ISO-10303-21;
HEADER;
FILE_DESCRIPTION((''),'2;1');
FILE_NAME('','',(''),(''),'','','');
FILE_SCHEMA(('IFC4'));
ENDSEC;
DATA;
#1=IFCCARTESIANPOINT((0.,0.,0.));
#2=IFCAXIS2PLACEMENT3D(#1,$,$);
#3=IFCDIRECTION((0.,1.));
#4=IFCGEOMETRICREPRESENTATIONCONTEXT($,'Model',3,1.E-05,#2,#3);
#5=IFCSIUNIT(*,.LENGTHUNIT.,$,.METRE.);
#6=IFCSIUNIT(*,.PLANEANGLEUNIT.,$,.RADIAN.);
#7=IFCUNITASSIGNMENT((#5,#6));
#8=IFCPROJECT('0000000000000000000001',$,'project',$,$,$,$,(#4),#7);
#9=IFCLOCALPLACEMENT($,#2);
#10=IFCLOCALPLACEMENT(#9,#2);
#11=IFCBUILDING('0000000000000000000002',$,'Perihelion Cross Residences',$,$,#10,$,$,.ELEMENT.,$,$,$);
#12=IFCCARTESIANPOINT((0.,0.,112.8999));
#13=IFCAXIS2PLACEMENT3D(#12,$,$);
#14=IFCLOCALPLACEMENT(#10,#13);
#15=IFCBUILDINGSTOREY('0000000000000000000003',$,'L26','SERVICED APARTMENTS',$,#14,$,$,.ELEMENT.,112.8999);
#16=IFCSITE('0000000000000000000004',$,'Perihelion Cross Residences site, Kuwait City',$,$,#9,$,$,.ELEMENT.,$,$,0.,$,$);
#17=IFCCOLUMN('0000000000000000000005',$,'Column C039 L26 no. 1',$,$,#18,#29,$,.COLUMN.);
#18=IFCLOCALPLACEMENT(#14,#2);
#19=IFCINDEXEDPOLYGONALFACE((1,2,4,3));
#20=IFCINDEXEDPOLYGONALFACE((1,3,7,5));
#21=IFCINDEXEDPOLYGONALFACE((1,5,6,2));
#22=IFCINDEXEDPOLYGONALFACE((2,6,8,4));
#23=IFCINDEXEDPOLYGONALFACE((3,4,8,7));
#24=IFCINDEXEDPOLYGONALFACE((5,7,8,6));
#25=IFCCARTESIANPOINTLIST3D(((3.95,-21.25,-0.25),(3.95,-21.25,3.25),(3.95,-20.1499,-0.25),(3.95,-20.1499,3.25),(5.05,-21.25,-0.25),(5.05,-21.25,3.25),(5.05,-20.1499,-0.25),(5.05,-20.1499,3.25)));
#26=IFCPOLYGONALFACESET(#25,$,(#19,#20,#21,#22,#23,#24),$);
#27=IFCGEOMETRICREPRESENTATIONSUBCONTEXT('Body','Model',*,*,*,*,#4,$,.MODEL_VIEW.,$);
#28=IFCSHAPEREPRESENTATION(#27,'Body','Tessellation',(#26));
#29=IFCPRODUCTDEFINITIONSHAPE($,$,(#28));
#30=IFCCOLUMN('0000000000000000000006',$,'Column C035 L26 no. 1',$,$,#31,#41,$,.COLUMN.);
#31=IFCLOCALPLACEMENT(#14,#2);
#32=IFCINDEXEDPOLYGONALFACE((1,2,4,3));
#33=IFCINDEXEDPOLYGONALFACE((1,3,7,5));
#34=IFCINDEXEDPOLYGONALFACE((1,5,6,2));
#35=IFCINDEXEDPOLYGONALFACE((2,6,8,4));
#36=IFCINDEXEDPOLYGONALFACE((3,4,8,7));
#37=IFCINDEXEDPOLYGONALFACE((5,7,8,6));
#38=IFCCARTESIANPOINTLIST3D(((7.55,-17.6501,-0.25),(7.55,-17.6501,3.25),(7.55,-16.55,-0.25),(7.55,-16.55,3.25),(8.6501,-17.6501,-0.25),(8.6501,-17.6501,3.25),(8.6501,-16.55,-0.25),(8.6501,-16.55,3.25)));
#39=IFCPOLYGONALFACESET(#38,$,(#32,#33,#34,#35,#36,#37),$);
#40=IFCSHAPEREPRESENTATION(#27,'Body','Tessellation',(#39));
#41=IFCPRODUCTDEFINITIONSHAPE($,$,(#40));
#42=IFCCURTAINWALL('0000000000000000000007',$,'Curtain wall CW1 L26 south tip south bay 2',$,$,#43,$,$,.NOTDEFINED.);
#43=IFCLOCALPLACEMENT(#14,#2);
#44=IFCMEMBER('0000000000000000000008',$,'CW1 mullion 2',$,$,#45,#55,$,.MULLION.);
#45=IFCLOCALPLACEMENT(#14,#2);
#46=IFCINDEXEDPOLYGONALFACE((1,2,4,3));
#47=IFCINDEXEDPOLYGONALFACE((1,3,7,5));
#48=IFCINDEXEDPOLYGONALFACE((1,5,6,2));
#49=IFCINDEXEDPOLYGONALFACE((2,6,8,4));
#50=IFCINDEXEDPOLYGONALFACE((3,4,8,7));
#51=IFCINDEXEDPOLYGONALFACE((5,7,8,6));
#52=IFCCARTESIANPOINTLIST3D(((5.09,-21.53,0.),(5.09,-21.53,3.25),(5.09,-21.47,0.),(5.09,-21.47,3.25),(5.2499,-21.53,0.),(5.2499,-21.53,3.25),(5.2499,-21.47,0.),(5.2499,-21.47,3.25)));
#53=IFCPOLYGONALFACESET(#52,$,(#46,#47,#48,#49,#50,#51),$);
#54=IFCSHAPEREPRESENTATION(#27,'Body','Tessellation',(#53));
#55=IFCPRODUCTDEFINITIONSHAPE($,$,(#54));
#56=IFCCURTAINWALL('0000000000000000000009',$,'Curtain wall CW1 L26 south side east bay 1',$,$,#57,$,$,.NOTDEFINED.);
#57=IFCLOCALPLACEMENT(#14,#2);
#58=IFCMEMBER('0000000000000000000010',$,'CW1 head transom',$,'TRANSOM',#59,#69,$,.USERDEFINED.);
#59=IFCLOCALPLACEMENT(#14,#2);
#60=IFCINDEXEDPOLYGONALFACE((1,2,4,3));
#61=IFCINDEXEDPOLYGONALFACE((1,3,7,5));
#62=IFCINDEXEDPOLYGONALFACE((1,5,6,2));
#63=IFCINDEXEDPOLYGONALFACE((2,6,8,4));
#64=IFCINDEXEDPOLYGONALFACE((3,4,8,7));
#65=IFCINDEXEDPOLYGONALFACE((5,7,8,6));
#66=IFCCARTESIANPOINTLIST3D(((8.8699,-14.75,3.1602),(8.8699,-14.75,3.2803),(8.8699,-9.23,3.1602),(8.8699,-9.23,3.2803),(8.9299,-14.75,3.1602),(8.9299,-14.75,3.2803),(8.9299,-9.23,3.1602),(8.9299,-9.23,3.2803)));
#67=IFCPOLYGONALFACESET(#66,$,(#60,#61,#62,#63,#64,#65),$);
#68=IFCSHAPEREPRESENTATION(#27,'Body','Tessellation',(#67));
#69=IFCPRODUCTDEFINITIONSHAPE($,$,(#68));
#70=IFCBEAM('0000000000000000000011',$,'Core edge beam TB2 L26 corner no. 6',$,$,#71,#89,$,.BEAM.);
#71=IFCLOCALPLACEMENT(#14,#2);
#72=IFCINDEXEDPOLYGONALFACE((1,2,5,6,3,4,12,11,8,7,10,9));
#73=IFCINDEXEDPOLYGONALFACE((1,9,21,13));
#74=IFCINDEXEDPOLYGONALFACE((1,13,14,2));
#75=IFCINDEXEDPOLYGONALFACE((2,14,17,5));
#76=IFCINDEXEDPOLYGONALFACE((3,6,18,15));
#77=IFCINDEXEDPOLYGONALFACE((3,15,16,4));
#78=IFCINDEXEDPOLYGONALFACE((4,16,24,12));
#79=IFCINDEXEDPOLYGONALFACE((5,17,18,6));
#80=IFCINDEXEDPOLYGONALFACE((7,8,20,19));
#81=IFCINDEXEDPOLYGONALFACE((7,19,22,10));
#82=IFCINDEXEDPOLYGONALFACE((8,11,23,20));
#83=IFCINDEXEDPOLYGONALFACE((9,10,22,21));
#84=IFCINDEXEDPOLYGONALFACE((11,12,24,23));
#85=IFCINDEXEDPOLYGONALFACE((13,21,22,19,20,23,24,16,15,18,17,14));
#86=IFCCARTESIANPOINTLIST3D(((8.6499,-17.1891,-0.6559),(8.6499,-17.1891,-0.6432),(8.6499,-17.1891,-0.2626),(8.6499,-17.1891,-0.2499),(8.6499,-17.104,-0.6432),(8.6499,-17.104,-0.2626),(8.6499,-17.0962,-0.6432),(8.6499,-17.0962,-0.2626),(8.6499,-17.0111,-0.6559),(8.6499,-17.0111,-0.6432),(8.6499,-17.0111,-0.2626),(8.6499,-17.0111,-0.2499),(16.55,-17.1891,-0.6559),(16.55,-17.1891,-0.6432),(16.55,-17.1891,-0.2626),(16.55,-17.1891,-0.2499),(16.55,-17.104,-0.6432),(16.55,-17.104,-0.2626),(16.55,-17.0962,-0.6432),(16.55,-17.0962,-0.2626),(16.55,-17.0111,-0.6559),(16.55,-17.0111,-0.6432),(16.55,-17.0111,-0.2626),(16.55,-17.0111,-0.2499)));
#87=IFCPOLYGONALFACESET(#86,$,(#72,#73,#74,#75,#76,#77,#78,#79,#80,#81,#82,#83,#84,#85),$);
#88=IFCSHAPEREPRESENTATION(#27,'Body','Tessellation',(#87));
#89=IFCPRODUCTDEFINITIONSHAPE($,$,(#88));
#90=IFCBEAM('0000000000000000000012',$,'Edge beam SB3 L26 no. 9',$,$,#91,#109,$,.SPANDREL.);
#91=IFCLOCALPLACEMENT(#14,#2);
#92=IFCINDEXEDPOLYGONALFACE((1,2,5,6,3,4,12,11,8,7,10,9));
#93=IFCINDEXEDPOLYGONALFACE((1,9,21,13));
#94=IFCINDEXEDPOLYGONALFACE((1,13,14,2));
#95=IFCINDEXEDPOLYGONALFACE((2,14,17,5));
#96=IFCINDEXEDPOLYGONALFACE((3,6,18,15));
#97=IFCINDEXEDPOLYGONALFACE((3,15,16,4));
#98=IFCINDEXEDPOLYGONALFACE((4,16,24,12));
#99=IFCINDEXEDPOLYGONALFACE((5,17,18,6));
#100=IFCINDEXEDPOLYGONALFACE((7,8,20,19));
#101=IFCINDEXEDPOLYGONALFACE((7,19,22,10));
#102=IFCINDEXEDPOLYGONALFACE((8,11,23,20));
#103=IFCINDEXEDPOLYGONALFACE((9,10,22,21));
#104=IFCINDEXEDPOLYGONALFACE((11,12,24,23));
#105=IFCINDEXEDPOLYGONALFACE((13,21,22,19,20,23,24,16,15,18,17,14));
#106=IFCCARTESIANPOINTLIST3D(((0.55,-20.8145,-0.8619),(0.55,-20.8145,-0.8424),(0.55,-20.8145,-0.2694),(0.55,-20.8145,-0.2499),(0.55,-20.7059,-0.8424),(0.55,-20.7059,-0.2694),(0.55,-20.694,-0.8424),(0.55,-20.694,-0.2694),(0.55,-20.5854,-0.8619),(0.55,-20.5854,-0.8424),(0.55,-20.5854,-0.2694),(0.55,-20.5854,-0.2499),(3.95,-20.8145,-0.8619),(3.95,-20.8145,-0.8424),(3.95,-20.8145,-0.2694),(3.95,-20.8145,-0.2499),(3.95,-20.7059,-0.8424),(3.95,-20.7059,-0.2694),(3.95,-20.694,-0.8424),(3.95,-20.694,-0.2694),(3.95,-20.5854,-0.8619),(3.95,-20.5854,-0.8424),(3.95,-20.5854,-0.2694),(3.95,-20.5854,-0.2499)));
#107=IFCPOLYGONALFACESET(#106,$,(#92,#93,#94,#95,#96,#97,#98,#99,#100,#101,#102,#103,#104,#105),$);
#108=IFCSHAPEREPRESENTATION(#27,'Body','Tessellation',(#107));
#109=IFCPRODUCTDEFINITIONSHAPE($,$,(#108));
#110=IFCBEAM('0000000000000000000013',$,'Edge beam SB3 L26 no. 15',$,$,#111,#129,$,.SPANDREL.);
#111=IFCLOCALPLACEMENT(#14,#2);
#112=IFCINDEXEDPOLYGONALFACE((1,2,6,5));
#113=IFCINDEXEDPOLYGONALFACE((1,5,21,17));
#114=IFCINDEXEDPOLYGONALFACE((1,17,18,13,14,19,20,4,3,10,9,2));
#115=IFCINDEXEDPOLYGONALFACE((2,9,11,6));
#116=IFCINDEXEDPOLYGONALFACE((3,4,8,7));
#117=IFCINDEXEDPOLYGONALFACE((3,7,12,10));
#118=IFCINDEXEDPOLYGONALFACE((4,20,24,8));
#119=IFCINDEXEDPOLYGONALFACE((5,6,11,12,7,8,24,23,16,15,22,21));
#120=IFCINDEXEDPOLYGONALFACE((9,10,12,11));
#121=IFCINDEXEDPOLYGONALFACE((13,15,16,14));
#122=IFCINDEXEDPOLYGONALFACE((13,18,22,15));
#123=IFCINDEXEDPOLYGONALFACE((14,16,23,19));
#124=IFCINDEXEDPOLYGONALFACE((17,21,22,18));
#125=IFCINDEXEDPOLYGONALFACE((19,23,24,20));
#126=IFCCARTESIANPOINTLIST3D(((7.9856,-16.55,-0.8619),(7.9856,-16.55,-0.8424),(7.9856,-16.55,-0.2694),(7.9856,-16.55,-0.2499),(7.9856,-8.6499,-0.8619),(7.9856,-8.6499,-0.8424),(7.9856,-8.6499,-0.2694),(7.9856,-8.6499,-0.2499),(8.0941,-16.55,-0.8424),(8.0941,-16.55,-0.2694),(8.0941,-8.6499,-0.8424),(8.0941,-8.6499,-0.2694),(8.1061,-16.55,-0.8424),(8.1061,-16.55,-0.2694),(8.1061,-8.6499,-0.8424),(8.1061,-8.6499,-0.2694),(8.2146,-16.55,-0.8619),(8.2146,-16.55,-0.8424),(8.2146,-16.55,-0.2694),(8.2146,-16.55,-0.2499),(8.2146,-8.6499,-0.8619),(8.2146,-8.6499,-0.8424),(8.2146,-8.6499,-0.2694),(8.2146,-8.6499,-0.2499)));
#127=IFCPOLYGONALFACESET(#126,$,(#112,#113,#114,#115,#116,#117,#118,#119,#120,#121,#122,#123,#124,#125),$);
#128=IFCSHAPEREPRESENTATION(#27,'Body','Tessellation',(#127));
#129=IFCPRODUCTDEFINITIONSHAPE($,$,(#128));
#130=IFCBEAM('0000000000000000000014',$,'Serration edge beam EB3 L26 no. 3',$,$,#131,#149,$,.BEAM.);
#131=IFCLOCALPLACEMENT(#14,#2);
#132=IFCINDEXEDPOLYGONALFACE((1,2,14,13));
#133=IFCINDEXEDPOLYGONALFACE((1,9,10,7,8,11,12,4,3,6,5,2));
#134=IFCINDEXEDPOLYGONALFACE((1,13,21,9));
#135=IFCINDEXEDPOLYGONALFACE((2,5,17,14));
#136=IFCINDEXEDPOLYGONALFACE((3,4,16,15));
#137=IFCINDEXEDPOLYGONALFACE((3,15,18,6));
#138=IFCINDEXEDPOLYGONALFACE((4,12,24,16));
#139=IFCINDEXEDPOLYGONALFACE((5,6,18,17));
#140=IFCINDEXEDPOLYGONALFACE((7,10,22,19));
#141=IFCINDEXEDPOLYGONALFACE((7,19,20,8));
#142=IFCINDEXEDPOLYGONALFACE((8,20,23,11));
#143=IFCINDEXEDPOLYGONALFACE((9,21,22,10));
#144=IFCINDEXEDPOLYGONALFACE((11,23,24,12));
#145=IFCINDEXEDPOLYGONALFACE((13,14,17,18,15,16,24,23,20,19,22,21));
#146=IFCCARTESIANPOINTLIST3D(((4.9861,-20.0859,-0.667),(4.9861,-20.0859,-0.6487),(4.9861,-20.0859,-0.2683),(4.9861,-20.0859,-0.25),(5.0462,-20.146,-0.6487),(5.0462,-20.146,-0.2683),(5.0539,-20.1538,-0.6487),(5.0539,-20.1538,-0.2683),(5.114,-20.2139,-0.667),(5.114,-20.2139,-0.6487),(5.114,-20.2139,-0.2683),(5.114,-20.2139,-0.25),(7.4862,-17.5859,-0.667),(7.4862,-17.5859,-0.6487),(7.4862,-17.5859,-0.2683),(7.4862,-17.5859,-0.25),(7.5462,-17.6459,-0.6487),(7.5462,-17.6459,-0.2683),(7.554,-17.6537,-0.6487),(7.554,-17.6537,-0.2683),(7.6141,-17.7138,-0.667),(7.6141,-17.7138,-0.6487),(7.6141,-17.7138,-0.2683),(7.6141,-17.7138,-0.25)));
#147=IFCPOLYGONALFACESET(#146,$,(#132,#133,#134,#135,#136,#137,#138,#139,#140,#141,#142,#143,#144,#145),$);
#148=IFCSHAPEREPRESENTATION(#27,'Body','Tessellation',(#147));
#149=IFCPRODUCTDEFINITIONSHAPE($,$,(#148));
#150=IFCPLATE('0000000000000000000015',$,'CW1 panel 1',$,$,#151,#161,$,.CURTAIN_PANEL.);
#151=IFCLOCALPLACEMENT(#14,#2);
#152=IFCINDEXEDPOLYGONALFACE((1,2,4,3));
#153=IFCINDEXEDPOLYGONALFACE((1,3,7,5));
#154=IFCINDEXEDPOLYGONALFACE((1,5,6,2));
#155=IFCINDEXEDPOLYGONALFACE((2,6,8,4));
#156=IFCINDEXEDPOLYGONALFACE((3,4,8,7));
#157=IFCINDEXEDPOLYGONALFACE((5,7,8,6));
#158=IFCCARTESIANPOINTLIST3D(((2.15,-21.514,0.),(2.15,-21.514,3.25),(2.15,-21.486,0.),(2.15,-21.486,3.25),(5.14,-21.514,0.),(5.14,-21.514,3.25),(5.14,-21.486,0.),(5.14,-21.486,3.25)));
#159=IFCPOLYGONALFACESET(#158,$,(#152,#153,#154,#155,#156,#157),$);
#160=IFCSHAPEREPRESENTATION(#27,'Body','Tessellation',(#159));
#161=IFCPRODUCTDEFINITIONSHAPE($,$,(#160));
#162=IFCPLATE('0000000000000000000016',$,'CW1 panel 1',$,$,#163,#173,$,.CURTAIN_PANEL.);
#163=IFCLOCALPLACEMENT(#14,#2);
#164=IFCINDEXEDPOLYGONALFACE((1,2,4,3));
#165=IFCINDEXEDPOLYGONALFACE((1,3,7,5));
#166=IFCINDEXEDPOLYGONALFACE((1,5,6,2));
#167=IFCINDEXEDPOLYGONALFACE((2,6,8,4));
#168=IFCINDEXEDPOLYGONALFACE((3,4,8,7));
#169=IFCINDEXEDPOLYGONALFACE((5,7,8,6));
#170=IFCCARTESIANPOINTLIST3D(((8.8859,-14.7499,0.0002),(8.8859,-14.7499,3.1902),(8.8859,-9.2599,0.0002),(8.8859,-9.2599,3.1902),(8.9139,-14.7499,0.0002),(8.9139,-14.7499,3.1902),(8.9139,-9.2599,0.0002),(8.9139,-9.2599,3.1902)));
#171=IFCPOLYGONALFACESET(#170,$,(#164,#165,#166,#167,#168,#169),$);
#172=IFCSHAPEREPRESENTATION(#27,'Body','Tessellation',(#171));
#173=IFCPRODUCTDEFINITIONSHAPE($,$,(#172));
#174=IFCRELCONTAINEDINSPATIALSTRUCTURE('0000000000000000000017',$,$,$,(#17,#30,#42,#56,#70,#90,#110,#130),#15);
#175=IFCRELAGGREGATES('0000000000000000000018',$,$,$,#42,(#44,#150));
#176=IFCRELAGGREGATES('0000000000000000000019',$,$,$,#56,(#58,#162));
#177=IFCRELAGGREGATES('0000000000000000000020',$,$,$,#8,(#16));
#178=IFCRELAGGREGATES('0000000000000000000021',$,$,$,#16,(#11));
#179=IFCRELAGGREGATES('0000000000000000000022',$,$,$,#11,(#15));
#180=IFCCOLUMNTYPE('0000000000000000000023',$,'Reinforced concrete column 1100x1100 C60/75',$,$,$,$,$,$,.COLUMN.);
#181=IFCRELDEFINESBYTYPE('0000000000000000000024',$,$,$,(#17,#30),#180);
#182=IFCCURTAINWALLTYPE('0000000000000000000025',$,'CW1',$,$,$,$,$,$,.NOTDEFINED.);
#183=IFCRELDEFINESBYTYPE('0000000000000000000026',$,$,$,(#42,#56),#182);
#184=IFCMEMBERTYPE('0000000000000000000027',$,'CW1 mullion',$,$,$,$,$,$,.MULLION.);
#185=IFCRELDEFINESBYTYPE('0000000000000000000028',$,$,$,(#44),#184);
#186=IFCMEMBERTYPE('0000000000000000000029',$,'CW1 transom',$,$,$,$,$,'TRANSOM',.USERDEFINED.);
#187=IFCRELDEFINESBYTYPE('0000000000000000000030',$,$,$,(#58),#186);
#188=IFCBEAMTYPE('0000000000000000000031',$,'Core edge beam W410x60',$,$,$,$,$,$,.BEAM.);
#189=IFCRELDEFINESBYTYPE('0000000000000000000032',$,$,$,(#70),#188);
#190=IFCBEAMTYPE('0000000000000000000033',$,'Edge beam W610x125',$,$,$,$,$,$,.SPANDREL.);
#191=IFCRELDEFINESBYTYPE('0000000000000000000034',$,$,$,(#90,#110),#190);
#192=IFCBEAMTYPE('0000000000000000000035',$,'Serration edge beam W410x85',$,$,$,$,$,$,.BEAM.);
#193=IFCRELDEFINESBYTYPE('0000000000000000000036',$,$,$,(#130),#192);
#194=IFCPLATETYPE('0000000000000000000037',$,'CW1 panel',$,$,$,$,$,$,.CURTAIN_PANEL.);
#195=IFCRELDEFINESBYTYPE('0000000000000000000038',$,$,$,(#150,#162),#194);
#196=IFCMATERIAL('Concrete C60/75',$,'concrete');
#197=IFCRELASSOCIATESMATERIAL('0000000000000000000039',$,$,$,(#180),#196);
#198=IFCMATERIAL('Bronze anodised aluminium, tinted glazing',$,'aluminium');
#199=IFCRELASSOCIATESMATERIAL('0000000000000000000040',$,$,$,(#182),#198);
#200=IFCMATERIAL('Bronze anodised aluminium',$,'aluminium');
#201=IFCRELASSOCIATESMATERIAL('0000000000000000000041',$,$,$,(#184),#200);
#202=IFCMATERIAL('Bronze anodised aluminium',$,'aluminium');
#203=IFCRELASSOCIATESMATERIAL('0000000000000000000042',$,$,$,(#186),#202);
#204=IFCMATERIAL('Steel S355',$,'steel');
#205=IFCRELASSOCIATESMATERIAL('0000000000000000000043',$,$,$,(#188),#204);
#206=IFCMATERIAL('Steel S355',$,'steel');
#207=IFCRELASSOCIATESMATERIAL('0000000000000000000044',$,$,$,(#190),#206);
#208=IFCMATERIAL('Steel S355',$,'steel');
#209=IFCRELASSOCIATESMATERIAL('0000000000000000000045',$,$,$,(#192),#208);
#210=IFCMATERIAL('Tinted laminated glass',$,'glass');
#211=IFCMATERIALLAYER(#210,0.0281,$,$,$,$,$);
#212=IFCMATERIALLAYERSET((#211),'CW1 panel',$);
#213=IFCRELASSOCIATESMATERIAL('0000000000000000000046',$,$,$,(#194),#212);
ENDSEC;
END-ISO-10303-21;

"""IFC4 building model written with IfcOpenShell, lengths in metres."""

from ifc_helpers import new_model, si_unit, direction, frame, origin, origin_2d, place, context, subcontext, project, spatial, rectangle, i_section, extrude, material, layer, layer_set, material_profile, profile_set, type_object, element, aggregate, save


model = new_model("IFC4")

# Units and contexts
model_context = context("Model", 3, precision=1e-05, world=origin(), true_north=direction((0.0, 1.0)))
body_context = subcontext(model_context, "Body", "Model", "MODEL_VIEW")
ifc_project = project(units=[si_unit("LENGTHUNIT", "METRE"), si_unit("PLANEANGLEUNIT", "RADIAN")], contexts=[model_context])

# Site, building, storey
site_placement = place(None, origin())
site = spatial("IfcSite", under=ifc_project, at=site_placement, Name="Perihelion Cross Residences site, Kuwait City", CompositionType="ELEMENT", RefElevation=0.0)
building_placement = place(site_placement, origin())
building = spatial("IfcBuilding", under=site, at=building_placement, Name="Perihelion Cross Residences", CompositionType="ELEMENT")
storey_placement = place(building_placement, frame((0.0, 0.0, 112.8999)))
storey = spatial("IfcBuildingStorey", under=building, at=storey_placement, Name="L26", Description="SERVICED APARTMENTS", CompositionType="ELEMENT", Elevation=112.8999)

# Columns
ifc_material_1 = material(Name="Concrete C60/75", Category="concrete")
ifc_material_profile_1 = material_profile(ifc_material_1, rectangle(XDim=1.1001, YDim=1.1001, at=origin_2d()), Name="RC 1100x1100")
ifc_profile_set_1 = profile_set([ifc_material_profile_1], Name="Concrete C60/75")
column_type = type_object("IfcColumnType", Name="Reinforced concrete column 1100x1100 C60/75", PredefinedType="COLUMN", material=ifc_profile_set_1)
for number, where, z_axis, x_axis, name in (
    (1, (4.5, -20.7, -0.25), (0.0, 0.0, 1.0), (1.0, 0.0, 0.0), "Column C039 L26 no. 1"),
    (2, (8.1001, -17.1001, -0.25), (0.0, 0.0, 1.0), (1.0, 0.0, 0.0), "Column C035 L26 no. 1"),
):
    element("IfcColumn", number, at=place(storey_placement, frame(where, z_axis=z_axis, x_axis=x_axis)), inside=storey, type_object=column_type, Name=name, PredefinedType="COLUMN", context=body_context, shape_type="SweptSolid", body=[
        extrude(rectangle(XDim=1.1001, YDim=1.1001, at=origin_2d()), origin(), (0.0, 0.0, 1.0), 3.5),
    ])

# Curtain walls, members
ifc_material_2 = material(Name="Bronze anodised aluminium, tinted glazing", Category="aluminium")
curtain_wall_type = type_object("IfcCurtainWallType", Name="CW1", PredefinedType="NOTDEFINED", material=ifc_material_2)
curtain_wall_1_placement = place(storey_placement, origin())
curtain_wall_1 = element("IfcCurtainWall", 3, at=curtain_wall_1_placement, inside=storey, type_object=curtain_wall_type, Name="Curtain wall CW1 L26 south tip south bay 2", PredefinedType="NOTDEFINED")
ifc_material_3 = material(Name="Bronze anodised aluminium", Category="aluminium")
ifc_material_profile_2 = material_profile(ifc_material_3, rectangle(XDim=0.0601, YDim=0.1599, at=origin_2d()), Name="CW1 mullion")
ifc_profile_set_2 = profile_set([ifc_material_profile_2], Name="Bronze anodised aluminium")
member_type_1 = type_object("IfcMemberType", Name="CW1 mullion", PredefinedType="MULLION", material=ifc_profile_set_2)
member_1_placement = place(storey_placement, frame((5.1699, -21.5, 0.0), z_axis=(0.0, 0.0, 1.0), x_axis=(0.0, 1.0, 0.0)))
member_1 = element("IfcMember", 4, at=member_1_placement, type_object=member_type_1, Name="CW1 mullion 2", PredefinedType="MULLION", context=body_context, shape_type="SweptSolid", body=[
    extrude(rectangle(XDim=0.0601, YDim=0.1599, at=origin_2d()), origin(), (0.0, 0.0, 1.0), 3.25),
])
curtain_wall_2_placement = place(storey_placement, origin())
curtain_wall_2 = element("IfcCurtainWall", 5, at=curtain_wall_2_placement, inside=storey, type_object=curtain_wall_type, Name="Curtain wall CW1 L26 south side east bay 1", PredefinedType="NOTDEFINED")
ifc_material_4 = material(Name="Bronze anodised aluminium", Category="aluminium")
ifc_material_profile_3 = material_profile(ifc_material_4, rectangle(XDim=0.0601, YDim=0.1201, at=origin_2d()), Name="CW1 transom")
ifc_profile_set_3 = profile_set([ifc_material_profile_3], Name="Bronze anodised aluminium")
member_type_2 = type_object("IfcMemberType", Name="CW1 transom", ElementType="TRANSOM", PredefinedType="USERDEFINED", material=ifc_profile_set_3)
member_2_placement = place(storey_placement, frame((8.8999, -14.75, 3.2202), z_axis=(0.0, 1.0, 0.0), x_axis=(-1.0, 0.0, 0.0)))
member_2 = element("IfcMember", 6, at=member_2_placement, type_object=member_type_2, Name="CW1 head transom", ObjectType="TRANSOM", PredefinedType="USERDEFINED", context=body_context, shape_type="SweptSolid", body=[
    extrude(rectangle(XDim=0.0601, YDim=0.1201, at=origin_2d()), origin(), (0.0, 0.0, 1.0), 5.52),
])

# Beams
ifc_material_5 = material(Name="Steel S355", Category="steel")
ifc_material_profile_4 = material_profile(ifc_material_5, i_section(OverallWidth=0.178, OverallDepth=0.406, WebThickness=0.0078, FlangeThickness=0.0127, at=origin_2d()), Name="W410x60")
ifc_profile_set_4 = profile_set([ifc_material_profile_4], Name="Steel S355")
beam_type_1 = type_object("IfcBeamType", Name="Core edge beam W410x60", PredefinedType="BEAM", material=ifc_profile_set_4)
beam_1_placement = place(storey_placement, frame((8.6499, -17.1001, -0.4529), z_axis=(1.0, 0.0, 0.0), x_axis=(0.0, 1.0, 0.0)))
element("IfcBeam", 7, at=beam_1_placement, inside=storey, type_object=beam_type_1, Name="Core edge beam TB2 L26 corner no. 6", PredefinedType="BEAM", context=body_context, shape_type="SweptSolid", body=[
    extrude(i_section(OverallWidth=0.178, OverallDepth=0.406, WebThickness=0.0078, FlangeThickness=0.0127, at=origin_2d()), origin(), (0.0, 0.0, 1.0), 7.9001),
])
ifc_material_6 = material(Name="Steel S355", Category="steel")
ifc_material_profile_5 = material_profile(ifc_material_6, i_section(OverallWidth=0.229, OverallDepth=0.6121, WebThickness=0.012, FlangeThickness=0.0195, at=origin_2d()), Name="W610x125")
ifc_profile_set_5 = profile_set([ifc_material_profile_5], Name="Steel S355")
beam_type_2 = type_object("IfcBeamType", Name="Edge beam W610x125", PredefinedType="SPANDREL", material=ifc_profile_set_5)
beam_2_placement = place(storey_placement, frame((0.55, -20.7, -0.5559), z_axis=(1.0, 0.0, 0.0), x_axis=(0.0, 1.0, 0.0)))
element("IfcBeam", 8, at=beam_2_placement, inside=storey, type_object=beam_type_2, Name="Edge beam SB3 L26 no. 9", PredefinedType="SPANDREL", context=body_context, shape_type="SweptSolid", body=[
    extrude(i_section(OverallWidth=0.229, OverallDepth=0.6121, WebThickness=0.012, FlangeThickness=0.0195, at=origin_2d()), origin(), (0.0, 0.0, 1.0), 3.3999),
])
beam_3_placement = place(storey_placement, frame((8.1001, -16.55, -0.5559), z_axis=(0.0, 1.0, 0.0), x_axis=(-1.0, 0.0, 0.0)))
element("IfcBeam", 9, at=beam_3_placement, inside=storey, type_object=beam_type_2, Name="Edge beam SB3 L26 no. 15", PredefinedType="SPANDREL", context=body_context, shape_type="SweptSolid", body=[
    extrude(i_section(OverallWidth=0.229, OverallDepth=0.6121, WebThickness=0.012, FlangeThickness=0.0195, at=origin_2d()), origin(), (0.0, 0.0, 1.0), 7.9001),
])
ifc_material_7 = material(Name="Steel S355", Category="steel")
ifc_material_profile_6 = material_profile(ifc_material_7, i_section(OverallWidth=0.1809, OverallDepth=0.417, WebThickness=0.011, FlangeThickness=0.0183, at=origin_2d()), Name="W410x85")
ifc_profile_set_6 = profile_set([ifc_material_profile_6], Name="Steel S355")
beam_type_3 = type_object("IfcBeamType", Name="Serration edge beam W410x85", PredefinedType="BEAM", material=ifc_profile_set_6)
beam_4_placement = place(storey_placement, frame((5.05, -20.1499, -0.4585), z_axis=(0.707107, 0.707107, 0.0), x_axis=(-0.707107, 0.707107, 0.0)))
element("IfcBeam", 10, at=beam_4_placement, inside=storey, type_object=beam_type_3, Name="Serration edge beam EB3 L26 no. 3", PredefinedType="BEAM", context=body_context, shape_type="SweptSolid", body=[
    extrude(i_section(OverallWidth=0.1809, OverallDepth=0.417, WebThickness=0.011, FlangeThickness=0.0183, at=origin_2d()), origin(), (0.0, 0.0, 1.0), 3.5356),
])

# Plates
ifc_material_8 = material(Name="Tinted laminated glass", Category="glass")
ifc_layer_1 = layer(ifc_material_8, 0.0281)
ifc_layer_set_1 = layer_set([ifc_layer_1], Name="CW1 panel")
plate_type = type_object("IfcPlateType", Name="CW1 panel", PredefinedType="CURTAIN_PANEL", material=ifc_layer_set_1)
plate_1_placement = place(storey_placement, frame((3.645, -21.5, 0.0), z_axis=(0.0, 0.0, 1.0), x_axis=(1.0, 0.0, 0.0)))
plate_1 = element("IfcPlate", 11, at=plate_1_placement, type_object=plate_type, Name="CW1 panel 1", PredefinedType="CURTAIN_PANEL", context=body_context, shape_type="SweptSolid", body=[
    extrude(rectangle(XDim=2.99, YDim=0.0281, at=origin_2d()), origin(), (0.0, 0.0, 1.0), 3.25),
])
aggregate(curtain_wall_1, [member_1, plate_1])
plate_2_placement = place(storey_placement, frame((8.8999, -12.0049, 0.0002), z_axis=(0.0, 0.0, 1.0), x_axis=(0.0, 1.0, 0.0)))
plate_2 = element("IfcPlate", 12, at=plate_2_placement, type_object=plate_type, Name="CW1 panel 1", PredefinedType="CURTAIN_PANEL", context=body_context, shape_type="SweptSolid", body=[
    extrude(rectangle(XDim=5.49, YDim=0.0281, at=origin_2d()), origin(), (0.0, 0.0, 1.0), 3.1899),
])
aggregate(curtain_wall_2, [member_2, plate_2])

save(model, "model.ifc")
